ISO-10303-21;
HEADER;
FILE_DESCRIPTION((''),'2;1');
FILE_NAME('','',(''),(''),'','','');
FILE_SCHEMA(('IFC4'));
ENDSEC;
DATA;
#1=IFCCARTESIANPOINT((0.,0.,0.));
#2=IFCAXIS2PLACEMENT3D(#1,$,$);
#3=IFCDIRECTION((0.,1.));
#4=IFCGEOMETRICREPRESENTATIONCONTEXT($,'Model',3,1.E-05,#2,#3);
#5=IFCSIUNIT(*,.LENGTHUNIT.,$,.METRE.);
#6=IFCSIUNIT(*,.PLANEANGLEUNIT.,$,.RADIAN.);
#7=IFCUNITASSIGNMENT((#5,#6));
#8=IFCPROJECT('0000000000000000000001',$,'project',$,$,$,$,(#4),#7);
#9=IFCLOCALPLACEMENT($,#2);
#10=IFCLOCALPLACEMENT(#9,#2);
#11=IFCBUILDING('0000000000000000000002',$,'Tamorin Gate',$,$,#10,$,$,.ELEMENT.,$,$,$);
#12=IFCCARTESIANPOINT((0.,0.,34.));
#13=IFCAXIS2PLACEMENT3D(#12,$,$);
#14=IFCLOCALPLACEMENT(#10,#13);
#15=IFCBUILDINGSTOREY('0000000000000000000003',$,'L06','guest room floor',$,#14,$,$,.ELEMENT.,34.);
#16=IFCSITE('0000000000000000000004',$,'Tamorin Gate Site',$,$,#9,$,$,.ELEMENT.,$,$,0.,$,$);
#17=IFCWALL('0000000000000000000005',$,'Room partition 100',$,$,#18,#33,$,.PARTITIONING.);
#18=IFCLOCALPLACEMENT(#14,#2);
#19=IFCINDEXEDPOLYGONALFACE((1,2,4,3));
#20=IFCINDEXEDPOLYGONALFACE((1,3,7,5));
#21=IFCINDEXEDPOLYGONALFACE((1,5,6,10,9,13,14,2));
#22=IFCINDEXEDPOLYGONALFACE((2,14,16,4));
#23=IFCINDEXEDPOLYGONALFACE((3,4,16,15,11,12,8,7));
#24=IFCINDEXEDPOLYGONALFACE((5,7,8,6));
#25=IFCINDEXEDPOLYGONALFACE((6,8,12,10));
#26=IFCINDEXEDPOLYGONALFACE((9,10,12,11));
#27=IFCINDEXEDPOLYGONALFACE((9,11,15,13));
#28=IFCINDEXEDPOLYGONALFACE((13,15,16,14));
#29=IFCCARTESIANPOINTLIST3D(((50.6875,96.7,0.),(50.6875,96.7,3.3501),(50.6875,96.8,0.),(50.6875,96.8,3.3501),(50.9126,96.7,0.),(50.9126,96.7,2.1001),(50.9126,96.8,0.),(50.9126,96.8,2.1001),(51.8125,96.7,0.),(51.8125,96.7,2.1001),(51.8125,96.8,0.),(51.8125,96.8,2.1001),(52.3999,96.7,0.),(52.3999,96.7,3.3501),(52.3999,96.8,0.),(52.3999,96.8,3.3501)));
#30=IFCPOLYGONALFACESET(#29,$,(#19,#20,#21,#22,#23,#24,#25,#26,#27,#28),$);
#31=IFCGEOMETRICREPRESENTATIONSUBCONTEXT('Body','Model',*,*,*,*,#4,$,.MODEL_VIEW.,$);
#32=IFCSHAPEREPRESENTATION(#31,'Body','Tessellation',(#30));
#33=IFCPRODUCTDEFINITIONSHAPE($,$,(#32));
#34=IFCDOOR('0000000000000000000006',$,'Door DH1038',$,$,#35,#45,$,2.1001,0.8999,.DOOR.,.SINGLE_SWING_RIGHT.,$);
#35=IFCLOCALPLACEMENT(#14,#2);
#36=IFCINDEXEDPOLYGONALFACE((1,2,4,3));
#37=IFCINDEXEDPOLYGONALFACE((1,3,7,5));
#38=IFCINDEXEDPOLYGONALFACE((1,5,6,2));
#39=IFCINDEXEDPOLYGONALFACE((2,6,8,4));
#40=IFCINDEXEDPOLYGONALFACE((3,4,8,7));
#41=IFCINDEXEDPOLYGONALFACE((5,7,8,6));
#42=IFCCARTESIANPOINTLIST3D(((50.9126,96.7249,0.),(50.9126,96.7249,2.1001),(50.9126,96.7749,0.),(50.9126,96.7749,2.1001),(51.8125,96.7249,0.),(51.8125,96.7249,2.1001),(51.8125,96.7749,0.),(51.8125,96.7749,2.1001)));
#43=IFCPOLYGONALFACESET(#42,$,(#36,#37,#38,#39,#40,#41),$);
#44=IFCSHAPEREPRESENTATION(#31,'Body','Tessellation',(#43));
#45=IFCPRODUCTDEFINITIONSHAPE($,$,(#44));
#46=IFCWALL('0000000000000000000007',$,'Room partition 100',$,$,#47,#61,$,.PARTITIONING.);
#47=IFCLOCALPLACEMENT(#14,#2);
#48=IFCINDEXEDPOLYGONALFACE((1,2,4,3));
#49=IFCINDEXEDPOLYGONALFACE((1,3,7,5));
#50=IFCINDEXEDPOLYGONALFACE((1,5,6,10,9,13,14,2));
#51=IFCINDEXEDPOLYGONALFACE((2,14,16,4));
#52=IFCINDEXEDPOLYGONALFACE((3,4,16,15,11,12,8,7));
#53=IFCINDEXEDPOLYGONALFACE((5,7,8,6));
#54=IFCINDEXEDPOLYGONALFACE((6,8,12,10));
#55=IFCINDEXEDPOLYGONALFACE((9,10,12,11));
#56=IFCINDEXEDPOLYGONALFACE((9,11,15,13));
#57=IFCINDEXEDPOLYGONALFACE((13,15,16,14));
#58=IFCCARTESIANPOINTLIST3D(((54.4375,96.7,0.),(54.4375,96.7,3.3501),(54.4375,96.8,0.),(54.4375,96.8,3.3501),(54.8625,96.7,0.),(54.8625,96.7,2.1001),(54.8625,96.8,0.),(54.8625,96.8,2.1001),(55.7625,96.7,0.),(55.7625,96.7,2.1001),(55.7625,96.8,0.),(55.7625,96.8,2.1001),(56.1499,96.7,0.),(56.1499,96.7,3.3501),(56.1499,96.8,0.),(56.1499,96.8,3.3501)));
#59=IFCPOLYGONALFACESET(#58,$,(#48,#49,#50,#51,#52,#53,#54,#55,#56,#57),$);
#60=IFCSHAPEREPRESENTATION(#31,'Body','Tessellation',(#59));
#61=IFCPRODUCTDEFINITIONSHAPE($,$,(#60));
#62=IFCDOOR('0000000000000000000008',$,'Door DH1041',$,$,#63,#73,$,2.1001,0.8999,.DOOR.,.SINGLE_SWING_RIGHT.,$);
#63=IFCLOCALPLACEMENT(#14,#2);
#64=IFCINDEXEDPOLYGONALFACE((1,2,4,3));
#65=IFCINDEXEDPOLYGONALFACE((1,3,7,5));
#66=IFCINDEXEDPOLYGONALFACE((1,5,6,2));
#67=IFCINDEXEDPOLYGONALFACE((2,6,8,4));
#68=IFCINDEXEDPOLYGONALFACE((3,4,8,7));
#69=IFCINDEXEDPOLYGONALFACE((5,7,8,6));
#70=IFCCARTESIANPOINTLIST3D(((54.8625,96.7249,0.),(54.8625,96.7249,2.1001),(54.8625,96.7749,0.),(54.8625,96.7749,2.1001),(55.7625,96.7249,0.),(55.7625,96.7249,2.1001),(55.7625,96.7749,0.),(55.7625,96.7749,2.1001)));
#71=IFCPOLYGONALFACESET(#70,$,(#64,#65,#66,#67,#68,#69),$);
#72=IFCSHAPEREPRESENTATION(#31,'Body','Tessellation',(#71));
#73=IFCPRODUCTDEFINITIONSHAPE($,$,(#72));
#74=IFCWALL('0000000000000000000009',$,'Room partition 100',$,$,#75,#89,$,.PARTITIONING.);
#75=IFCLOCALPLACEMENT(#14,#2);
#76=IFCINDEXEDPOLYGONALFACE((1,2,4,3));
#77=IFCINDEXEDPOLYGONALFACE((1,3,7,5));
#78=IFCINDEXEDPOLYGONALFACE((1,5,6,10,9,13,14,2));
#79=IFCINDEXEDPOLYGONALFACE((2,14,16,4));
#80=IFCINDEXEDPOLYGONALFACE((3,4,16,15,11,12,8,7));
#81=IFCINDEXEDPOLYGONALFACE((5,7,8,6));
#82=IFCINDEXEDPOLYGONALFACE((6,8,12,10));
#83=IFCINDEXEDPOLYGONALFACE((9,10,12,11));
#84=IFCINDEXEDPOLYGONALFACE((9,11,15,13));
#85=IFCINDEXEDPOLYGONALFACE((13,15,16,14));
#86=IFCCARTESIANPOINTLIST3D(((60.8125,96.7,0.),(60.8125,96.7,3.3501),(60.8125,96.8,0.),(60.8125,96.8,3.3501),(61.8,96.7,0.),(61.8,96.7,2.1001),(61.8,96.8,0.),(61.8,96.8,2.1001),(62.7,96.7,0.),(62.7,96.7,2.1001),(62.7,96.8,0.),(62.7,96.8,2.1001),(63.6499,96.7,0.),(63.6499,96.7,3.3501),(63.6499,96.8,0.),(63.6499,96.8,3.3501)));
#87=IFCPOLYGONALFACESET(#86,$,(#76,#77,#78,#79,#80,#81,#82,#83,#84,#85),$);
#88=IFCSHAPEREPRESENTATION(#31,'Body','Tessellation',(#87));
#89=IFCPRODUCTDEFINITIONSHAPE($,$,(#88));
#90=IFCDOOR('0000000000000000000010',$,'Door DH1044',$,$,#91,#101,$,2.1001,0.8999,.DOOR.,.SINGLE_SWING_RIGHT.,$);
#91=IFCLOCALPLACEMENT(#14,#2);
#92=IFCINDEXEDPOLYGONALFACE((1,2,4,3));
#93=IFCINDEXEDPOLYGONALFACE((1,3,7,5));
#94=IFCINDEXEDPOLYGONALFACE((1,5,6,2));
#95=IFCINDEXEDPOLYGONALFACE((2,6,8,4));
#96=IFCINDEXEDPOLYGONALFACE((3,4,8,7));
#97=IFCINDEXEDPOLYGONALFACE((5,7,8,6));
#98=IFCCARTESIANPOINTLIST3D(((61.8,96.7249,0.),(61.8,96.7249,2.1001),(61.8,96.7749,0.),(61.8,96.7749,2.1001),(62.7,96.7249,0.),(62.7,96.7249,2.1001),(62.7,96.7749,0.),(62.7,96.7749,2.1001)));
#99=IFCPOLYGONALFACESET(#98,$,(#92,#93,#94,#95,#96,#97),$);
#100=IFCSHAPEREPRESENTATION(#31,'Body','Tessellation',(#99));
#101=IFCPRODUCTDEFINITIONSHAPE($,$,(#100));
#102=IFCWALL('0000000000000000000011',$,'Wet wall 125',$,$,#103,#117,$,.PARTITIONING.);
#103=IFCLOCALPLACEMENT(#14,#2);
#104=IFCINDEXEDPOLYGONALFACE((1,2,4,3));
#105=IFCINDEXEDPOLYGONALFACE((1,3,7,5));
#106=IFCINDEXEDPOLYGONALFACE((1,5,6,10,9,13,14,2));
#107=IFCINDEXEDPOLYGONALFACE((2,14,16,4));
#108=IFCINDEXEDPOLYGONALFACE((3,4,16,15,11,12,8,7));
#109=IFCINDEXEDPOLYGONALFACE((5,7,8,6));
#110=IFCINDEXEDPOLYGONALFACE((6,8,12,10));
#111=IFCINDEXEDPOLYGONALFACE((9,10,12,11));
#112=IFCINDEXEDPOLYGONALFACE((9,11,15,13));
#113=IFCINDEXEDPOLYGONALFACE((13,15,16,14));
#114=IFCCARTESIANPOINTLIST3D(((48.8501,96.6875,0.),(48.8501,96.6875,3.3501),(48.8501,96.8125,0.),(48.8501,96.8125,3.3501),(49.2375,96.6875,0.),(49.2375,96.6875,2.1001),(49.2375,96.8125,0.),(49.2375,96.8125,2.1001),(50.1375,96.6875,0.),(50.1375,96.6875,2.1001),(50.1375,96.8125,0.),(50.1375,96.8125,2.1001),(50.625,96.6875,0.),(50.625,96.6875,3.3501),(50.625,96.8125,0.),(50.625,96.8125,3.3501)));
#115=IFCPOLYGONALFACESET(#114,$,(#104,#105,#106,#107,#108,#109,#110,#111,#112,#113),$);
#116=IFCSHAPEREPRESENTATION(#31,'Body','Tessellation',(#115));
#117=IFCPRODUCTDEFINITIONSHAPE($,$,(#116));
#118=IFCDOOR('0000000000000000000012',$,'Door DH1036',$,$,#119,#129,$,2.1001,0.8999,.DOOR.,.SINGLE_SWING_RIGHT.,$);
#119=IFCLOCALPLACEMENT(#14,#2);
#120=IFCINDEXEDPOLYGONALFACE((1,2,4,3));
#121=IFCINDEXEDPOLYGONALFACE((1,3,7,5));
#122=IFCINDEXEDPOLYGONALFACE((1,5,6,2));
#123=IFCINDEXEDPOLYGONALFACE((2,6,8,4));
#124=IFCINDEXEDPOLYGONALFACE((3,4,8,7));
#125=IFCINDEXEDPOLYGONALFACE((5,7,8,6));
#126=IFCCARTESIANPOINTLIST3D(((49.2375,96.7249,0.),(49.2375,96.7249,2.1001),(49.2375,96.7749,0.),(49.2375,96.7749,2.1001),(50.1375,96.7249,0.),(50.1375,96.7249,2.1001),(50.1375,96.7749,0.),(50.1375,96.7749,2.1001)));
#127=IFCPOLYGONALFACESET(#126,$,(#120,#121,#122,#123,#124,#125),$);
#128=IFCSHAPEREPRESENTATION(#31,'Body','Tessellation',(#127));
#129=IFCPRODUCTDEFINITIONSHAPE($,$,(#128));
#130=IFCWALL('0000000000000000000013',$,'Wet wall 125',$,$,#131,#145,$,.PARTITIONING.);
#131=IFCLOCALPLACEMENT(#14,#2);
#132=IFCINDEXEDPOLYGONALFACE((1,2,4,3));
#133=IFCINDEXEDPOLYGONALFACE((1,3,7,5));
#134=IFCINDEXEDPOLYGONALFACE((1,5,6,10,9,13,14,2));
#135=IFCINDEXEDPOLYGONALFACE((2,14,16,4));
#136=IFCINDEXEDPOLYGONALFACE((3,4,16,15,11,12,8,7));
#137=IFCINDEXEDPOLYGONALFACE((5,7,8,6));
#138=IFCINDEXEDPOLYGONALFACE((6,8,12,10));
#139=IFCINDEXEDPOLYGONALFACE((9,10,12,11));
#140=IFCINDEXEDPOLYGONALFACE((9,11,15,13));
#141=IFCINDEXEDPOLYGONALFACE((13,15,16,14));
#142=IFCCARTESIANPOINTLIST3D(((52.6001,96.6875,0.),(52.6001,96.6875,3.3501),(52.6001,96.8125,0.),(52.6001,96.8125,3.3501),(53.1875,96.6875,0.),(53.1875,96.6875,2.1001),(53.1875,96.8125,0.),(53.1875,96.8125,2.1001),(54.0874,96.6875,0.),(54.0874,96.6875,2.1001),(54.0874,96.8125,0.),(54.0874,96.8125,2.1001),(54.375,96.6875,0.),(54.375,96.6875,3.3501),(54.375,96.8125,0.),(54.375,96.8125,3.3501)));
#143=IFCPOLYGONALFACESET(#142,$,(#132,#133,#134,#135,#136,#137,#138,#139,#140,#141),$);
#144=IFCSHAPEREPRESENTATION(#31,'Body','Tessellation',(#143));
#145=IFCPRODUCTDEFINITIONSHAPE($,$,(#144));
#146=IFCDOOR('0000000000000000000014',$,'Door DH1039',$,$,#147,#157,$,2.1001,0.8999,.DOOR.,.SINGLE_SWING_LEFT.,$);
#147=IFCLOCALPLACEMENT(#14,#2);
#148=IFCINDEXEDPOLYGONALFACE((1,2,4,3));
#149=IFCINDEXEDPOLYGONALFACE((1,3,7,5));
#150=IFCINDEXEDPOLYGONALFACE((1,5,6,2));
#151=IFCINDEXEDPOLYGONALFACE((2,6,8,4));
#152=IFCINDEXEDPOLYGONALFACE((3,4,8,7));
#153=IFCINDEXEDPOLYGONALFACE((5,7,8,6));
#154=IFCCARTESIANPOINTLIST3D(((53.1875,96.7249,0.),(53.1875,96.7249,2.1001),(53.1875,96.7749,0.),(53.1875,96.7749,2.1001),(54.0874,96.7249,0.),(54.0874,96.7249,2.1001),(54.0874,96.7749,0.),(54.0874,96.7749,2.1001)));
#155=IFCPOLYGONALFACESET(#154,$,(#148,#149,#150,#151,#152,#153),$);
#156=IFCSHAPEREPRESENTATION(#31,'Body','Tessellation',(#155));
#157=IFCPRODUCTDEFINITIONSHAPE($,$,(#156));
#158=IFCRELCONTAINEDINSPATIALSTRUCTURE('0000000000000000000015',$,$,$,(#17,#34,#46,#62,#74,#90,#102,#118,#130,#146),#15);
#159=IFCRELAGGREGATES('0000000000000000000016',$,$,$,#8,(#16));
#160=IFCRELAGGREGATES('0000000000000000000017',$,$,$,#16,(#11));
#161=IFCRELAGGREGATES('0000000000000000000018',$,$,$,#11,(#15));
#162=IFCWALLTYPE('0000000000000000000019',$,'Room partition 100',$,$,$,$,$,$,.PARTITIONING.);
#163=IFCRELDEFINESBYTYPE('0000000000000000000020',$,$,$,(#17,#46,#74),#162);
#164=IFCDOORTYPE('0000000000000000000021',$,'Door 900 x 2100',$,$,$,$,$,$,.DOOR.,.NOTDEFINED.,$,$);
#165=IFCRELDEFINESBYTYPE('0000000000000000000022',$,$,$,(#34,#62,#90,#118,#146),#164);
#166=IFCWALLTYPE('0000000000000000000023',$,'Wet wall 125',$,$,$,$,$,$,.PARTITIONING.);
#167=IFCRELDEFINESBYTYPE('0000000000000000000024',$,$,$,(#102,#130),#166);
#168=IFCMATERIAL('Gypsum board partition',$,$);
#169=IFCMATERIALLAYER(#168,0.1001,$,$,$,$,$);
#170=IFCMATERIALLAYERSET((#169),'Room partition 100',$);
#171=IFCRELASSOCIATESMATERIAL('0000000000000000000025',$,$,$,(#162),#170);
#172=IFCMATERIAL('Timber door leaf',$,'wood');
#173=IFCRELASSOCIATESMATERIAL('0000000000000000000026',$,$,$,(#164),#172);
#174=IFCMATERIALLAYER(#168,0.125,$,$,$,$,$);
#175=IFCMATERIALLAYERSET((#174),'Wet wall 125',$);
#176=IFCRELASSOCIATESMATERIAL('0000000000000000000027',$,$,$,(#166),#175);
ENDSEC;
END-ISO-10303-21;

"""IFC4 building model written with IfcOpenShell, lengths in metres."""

from ifc_helpers import new_model, si_unit, direction, frame, frame_2d, origin, place, context, subcontext, project, spatial, rectangle, extrude, material, layer, layer_set, type_object, element, fill, save


model = new_model("IFC4")

# Units and contexts
model_context = context("Model", 3, precision=1e-05, world=origin(), true_north=direction((0.0, 1.0)))
body_context = subcontext(model_context, "Body", "Model", "MODEL_VIEW")
ifc_project = project(units=[si_unit("LENGTHUNIT", "METRE"), si_unit("PLANEANGLEUNIT", "RADIAN")], contexts=[model_context])

# Site, building, storey
site_placement = place(None, origin())
site = spatial("IfcSite", under=ifc_project, at=site_placement, Name="Tamorin Gate Site", CompositionType="ELEMENT", RefElevation=0.0)
building_placement = place(site_placement, origin())
building = spatial("IfcBuilding", under=site, at=building_placement, Name="Tamorin Gate", CompositionType="ELEMENT")
storey_placement = place(building_placement, frame((0.0, 0.0, 34.0)))
storey = spatial("IfcBuildingStorey", under=building, at=storey_placement, Name="L06", Description="guest room floor", CompositionType="ELEMENT", Elevation=34.0)

# Walls, openings, doors
ifc_material_1 = material(Name="Gypsum board partition")
ifc_layer_1 = layer(ifc_material_1, 0.1001)
ifc_layer_set_1 = layer_set([ifc_layer_1], Name="Room partition 100")
wall_type_1 = type_object("IfcWallType", Name="Room partition 100", PredefinedType="PARTITIONING", material=ifc_layer_set_1)
wall_1_placement = place(storey_placement, frame((50.6875, 96.75, 0.0), z_axis=(0.0, 0.0, 1.0), x_axis=(1.0, 0.0, 0.0)))
wall_1 = element("IfcWall", 1, at=wall_1_placement, inside=storey, type_object=wall_type_1, Name="Room partition 100", PredefinedType="PARTITIONING", context=body_context, shape_type="SweptSolid", body=[
    extrude(rectangle(XDim=1.7124, YDim=0.1001, at=frame_2d((0.8562, 0.0))), origin(), (0.0, 0.0, 1.0), 3.3501),
])
opening_1_placement = place(wall_1_placement, frame((0.2251, 0.0, 0.0)))
opening_1 = element("IfcOpeningElement", 2, at=opening_1_placement, cuts=wall_1, PredefinedType="OPENING", context=body_context, shape_type="SweptSolid", body=[
    extrude(rectangle(XDim=0.8999, YDim=2.1001, at=frame_2d((0.45, 1.05))), frame((0.0, 0.0601, 0.0), z_axis=(0.0, -1.0, 0.0), x_axis=(1.0, 0.0, 0.0)), (0.0, 0.0, 1.0), 0.1201),
])
ifc_material_2 = material(Name="Timber door leaf", Category="wood")
door_type = type_object("IfcDoorType", Name="Door 900 x 2100", OperationType="NOTDEFINED", PredefinedType="DOOR", material=ifc_material_2)
door_1_placement = place(opening_1_placement, origin())
door_1 = element("IfcDoor", 3, at=door_1_placement, inside=storey, type_object=door_type, Name="Door DH1038", OperationType="SINGLE_SWING_RIGHT", OverallHeight=2.1001, OverallWidth=0.8999, PredefinedType="DOOR", context=body_context, shape_type="SweptSolid", body=[
    extrude(rectangle(XDim=0.8999, YDim=2.1001, at=frame_2d((0.45, 1.05))), frame((0.0, 0.0249, 0.0), z_axis=(0.0, -1.0, 0.0), x_axis=(1.0, 0.0, 0.0)), (0.0, 0.0, 1.0), 0.05),
])
fill(opening_1, door_1)
wall_2_placement = place(storey_placement, frame((54.4375, 96.75, 0.0), z_axis=(0.0, 0.0, 1.0), x_axis=(1.0, 0.0, 0.0)))
wall_2 = element("IfcWall", 4, at=wall_2_placement, inside=storey, type_object=wall_type_1, Name="Room partition 100", PredefinedType="PARTITIONING", context=body_context, shape_type="SweptSolid", body=[
    extrude(rectangle(XDim=1.7124, YDim=0.1001, at=frame_2d((0.8562, 0.0))), origin(), (0.0, 0.0, 1.0), 3.3501),
])
opening_2_placement = place(wall_2_placement, frame((0.425, 0.0, 0.0)))
opening_2 = element("IfcOpeningElement", 5, at=opening_2_placement, cuts=wall_2, PredefinedType="OPENING", context=body_context, shape_type="SweptSolid", body=[
    extrude(rectangle(XDim=0.8999, YDim=2.1001, at=frame_2d((0.45, 1.05))), frame((0.0, 0.0601, 0.0), z_axis=(0.0, -1.0, 0.0), x_axis=(1.0, 0.0, 0.0)), (0.0, 0.0, 1.0), 0.1201),
])
door_2_placement = place(opening_2_placement, origin())
door_2 = element("IfcDoor", 6, at=door_2_placement, inside=storey, type_object=door_type, Name="Door DH1041", OperationType="SINGLE_SWING_RIGHT", OverallHeight=2.1001, OverallWidth=0.8999, PredefinedType="DOOR", context=body_context, shape_type="SweptSolid", body=[
    extrude(rectangle(XDim=0.8999, YDim=2.1001, at=frame_2d((0.45, 1.05))), frame((0.0, 0.0249, 0.0), z_axis=(0.0, -1.0, 0.0), x_axis=(1.0, 0.0, 0.0)), (0.0, 0.0, 1.0), 0.05),
])
fill(opening_2, door_2)
wall_3_placement = place(storey_placement, frame((60.8125, 96.75, 0.0), z_axis=(0.0, 0.0, 1.0), x_axis=(1.0, 0.0, 0.0)))
wall_3 = element("IfcWall", 7, at=wall_3_placement, inside=storey, type_object=wall_type_1, Name="Room partition 100", PredefinedType="PARTITIONING", context=body_context, shape_type="SweptSolid", body=[
    extrude(rectangle(XDim=2.8374, YDim=0.1001, at=frame_2d((1.4187, 0.0))), origin(), (0.0, 0.0, 1.0), 3.3501),
])
opening_3_placement = place(wall_3_placement, frame((0.9875, 0.0, 0.0)))
opening_3 = element("IfcOpeningElement", 8, at=opening_3_placement, cuts=wall_3, PredefinedType="OPENING", context=body_context, shape_type="SweptSolid", body=[
    extrude(rectangle(XDim=0.8999, YDim=2.1001, at=frame_2d((0.45, 1.05))), frame((0.0, 0.0601, 0.0), z_axis=(0.0, -1.0, 0.0), x_axis=(1.0, 0.0, 0.0)), (0.0, 0.0, 1.0), 0.1201),
])
door_3_placement = place(opening_3_placement, origin())
door_3 = element("IfcDoor", 9, at=door_3_placement, inside=storey, type_object=door_type, Name="Door DH1044", OperationType="SINGLE_SWING_RIGHT", OverallHeight=2.1001, OverallWidth=0.8999, PredefinedType="DOOR", context=body_context, shape_type="SweptSolid", body=[
    extrude(rectangle(XDim=0.8999, YDim=2.1001, at=frame_2d((0.45, 1.05))), frame((0.0, 0.0249, 0.0), z_axis=(0.0, -1.0, 0.0), x_axis=(1.0, 0.0, 0.0)), (0.0, 0.0, 1.0), 0.05),
])
fill(opening_3, door_3)
ifc_layer_2 = layer(ifc_material_1, 0.125)
ifc_layer_set_2 = layer_set([ifc_layer_2], Name="Wet wall 125")
wall_type_2 = type_object("IfcWallType", Name="Wet wall 125", PredefinedType="PARTITIONING", material=ifc_layer_set_2)
wall_4_placement = place(storey_placement, frame((48.8501, 96.75, 0.0), z_axis=(0.0, 0.0, 1.0), x_axis=(1.0, 0.0, 0.0)))
wall_4 = element("IfcWall", 10, at=wall_4_placement, inside=storey, type_object=wall_type_2, Name="Wet wall 125", PredefinedType="PARTITIONING", context=body_context, shape_type="SweptSolid", body=[
    extrude(rectangle(XDim=1.7749, YDim=0.125, at=frame_2d((0.8875, 0.0))), origin(), (0.0, 0.0, 1.0), 3.3501),
])
opening_4_placement = place(wall_4_placement, frame((0.3875, 0.0, 0.0)))
opening_4 = element("IfcOpeningElement", 11, at=opening_4_placement, cuts=wall_4, PredefinedType="OPENING", context=body_context, shape_type="SweptSolid", body=[
    extrude(rectangle(XDim=0.8999, YDim=2.1001, at=frame_2d((0.45, 1.05))), frame((0.0, 0.0725, 0.0), z_axis=(0.0, -1.0, 0.0), x_axis=(1.0, 0.0, 0.0)), (0.0, 0.0, 1.0), 0.145),
])
door_4_placement = place(opening_4_placement, origin())
door_4 = element("IfcDoor", 12, at=door_4_placement, inside=storey, type_object=door_type, Name="Door DH1036", OperationType="SINGLE_SWING_RIGHT", OverallHeight=2.1001, OverallWidth=0.8999, PredefinedType="DOOR", context=body_context, shape_type="SweptSolid", body=[
    extrude(rectangle(XDim=0.8999, YDim=2.1001, at=frame_2d((0.45, 1.05))), frame((0.0, 0.0249, 0.0), z_axis=(0.0, -1.0, 0.0), x_axis=(1.0, 0.0, 0.0)), (0.0, 0.0, 1.0), 0.05),
])
fill(opening_4, door_4)
wall_5_placement = place(storey_placement, frame((52.6001, 96.75, 0.0), z_axis=(0.0, 0.0, 1.0), x_axis=(1.0, 0.0, 0.0)))
wall_5 = element("IfcWall", 13, at=wall_5_placement, inside=storey, type_object=wall_type_2, Name="Wet wall 125", PredefinedType="PARTITIONING", context=body_context, shape_type="SweptSolid", body=[
    extrude(rectangle(XDim=1.7749, YDim=0.125, at=frame_2d((0.8875, 0.0))), origin(), (0.0, 0.0, 1.0), 3.3501),
])
opening_5_placement = place(wall_5_placement, frame((0.5874, 0.0, 0.0)))
opening_5 = element("IfcOpeningElement", 14, at=opening_5_placement, cuts=wall_5, PredefinedType="OPENING", context=body_context, shape_type="SweptSolid", body=[
    extrude(rectangle(XDim=0.8999, YDim=2.1001, at=frame_2d((0.45, 1.05))), frame((0.0, 0.0725, 0.0), z_axis=(0.0, -1.0, 0.0), x_axis=(1.0, 0.0, 0.0)), (0.0, 0.0, 1.0), 0.145),
])
door_5_placement = place(opening_5_placement, origin())
door_5 = element("IfcDoor", 15, at=door_5_placement, inside=storey, type_object=door_type, Name="Door DH1039", OperationType="SINGLE_SWING_LEFT", OverallHeight=2.1001, OverallWidth=0.8999, PredefinedType="DOOR", context=body_context, shape_type="SweptSolid", body=[
    extrude(rectangle(XDim=0.8999, YDim=2.1001, at=frame_2d((0.45, 1.05))), frame((0.0, 0.0249, 0.0), z_axis=(0.0, -1.0, 0.0), x_axis=(1.0, 0.0, 0.0)), (0.0, 0.0, 1.0), 0.05),
])
fill(opening_5, door_5)

save(model, "model.ifc")
